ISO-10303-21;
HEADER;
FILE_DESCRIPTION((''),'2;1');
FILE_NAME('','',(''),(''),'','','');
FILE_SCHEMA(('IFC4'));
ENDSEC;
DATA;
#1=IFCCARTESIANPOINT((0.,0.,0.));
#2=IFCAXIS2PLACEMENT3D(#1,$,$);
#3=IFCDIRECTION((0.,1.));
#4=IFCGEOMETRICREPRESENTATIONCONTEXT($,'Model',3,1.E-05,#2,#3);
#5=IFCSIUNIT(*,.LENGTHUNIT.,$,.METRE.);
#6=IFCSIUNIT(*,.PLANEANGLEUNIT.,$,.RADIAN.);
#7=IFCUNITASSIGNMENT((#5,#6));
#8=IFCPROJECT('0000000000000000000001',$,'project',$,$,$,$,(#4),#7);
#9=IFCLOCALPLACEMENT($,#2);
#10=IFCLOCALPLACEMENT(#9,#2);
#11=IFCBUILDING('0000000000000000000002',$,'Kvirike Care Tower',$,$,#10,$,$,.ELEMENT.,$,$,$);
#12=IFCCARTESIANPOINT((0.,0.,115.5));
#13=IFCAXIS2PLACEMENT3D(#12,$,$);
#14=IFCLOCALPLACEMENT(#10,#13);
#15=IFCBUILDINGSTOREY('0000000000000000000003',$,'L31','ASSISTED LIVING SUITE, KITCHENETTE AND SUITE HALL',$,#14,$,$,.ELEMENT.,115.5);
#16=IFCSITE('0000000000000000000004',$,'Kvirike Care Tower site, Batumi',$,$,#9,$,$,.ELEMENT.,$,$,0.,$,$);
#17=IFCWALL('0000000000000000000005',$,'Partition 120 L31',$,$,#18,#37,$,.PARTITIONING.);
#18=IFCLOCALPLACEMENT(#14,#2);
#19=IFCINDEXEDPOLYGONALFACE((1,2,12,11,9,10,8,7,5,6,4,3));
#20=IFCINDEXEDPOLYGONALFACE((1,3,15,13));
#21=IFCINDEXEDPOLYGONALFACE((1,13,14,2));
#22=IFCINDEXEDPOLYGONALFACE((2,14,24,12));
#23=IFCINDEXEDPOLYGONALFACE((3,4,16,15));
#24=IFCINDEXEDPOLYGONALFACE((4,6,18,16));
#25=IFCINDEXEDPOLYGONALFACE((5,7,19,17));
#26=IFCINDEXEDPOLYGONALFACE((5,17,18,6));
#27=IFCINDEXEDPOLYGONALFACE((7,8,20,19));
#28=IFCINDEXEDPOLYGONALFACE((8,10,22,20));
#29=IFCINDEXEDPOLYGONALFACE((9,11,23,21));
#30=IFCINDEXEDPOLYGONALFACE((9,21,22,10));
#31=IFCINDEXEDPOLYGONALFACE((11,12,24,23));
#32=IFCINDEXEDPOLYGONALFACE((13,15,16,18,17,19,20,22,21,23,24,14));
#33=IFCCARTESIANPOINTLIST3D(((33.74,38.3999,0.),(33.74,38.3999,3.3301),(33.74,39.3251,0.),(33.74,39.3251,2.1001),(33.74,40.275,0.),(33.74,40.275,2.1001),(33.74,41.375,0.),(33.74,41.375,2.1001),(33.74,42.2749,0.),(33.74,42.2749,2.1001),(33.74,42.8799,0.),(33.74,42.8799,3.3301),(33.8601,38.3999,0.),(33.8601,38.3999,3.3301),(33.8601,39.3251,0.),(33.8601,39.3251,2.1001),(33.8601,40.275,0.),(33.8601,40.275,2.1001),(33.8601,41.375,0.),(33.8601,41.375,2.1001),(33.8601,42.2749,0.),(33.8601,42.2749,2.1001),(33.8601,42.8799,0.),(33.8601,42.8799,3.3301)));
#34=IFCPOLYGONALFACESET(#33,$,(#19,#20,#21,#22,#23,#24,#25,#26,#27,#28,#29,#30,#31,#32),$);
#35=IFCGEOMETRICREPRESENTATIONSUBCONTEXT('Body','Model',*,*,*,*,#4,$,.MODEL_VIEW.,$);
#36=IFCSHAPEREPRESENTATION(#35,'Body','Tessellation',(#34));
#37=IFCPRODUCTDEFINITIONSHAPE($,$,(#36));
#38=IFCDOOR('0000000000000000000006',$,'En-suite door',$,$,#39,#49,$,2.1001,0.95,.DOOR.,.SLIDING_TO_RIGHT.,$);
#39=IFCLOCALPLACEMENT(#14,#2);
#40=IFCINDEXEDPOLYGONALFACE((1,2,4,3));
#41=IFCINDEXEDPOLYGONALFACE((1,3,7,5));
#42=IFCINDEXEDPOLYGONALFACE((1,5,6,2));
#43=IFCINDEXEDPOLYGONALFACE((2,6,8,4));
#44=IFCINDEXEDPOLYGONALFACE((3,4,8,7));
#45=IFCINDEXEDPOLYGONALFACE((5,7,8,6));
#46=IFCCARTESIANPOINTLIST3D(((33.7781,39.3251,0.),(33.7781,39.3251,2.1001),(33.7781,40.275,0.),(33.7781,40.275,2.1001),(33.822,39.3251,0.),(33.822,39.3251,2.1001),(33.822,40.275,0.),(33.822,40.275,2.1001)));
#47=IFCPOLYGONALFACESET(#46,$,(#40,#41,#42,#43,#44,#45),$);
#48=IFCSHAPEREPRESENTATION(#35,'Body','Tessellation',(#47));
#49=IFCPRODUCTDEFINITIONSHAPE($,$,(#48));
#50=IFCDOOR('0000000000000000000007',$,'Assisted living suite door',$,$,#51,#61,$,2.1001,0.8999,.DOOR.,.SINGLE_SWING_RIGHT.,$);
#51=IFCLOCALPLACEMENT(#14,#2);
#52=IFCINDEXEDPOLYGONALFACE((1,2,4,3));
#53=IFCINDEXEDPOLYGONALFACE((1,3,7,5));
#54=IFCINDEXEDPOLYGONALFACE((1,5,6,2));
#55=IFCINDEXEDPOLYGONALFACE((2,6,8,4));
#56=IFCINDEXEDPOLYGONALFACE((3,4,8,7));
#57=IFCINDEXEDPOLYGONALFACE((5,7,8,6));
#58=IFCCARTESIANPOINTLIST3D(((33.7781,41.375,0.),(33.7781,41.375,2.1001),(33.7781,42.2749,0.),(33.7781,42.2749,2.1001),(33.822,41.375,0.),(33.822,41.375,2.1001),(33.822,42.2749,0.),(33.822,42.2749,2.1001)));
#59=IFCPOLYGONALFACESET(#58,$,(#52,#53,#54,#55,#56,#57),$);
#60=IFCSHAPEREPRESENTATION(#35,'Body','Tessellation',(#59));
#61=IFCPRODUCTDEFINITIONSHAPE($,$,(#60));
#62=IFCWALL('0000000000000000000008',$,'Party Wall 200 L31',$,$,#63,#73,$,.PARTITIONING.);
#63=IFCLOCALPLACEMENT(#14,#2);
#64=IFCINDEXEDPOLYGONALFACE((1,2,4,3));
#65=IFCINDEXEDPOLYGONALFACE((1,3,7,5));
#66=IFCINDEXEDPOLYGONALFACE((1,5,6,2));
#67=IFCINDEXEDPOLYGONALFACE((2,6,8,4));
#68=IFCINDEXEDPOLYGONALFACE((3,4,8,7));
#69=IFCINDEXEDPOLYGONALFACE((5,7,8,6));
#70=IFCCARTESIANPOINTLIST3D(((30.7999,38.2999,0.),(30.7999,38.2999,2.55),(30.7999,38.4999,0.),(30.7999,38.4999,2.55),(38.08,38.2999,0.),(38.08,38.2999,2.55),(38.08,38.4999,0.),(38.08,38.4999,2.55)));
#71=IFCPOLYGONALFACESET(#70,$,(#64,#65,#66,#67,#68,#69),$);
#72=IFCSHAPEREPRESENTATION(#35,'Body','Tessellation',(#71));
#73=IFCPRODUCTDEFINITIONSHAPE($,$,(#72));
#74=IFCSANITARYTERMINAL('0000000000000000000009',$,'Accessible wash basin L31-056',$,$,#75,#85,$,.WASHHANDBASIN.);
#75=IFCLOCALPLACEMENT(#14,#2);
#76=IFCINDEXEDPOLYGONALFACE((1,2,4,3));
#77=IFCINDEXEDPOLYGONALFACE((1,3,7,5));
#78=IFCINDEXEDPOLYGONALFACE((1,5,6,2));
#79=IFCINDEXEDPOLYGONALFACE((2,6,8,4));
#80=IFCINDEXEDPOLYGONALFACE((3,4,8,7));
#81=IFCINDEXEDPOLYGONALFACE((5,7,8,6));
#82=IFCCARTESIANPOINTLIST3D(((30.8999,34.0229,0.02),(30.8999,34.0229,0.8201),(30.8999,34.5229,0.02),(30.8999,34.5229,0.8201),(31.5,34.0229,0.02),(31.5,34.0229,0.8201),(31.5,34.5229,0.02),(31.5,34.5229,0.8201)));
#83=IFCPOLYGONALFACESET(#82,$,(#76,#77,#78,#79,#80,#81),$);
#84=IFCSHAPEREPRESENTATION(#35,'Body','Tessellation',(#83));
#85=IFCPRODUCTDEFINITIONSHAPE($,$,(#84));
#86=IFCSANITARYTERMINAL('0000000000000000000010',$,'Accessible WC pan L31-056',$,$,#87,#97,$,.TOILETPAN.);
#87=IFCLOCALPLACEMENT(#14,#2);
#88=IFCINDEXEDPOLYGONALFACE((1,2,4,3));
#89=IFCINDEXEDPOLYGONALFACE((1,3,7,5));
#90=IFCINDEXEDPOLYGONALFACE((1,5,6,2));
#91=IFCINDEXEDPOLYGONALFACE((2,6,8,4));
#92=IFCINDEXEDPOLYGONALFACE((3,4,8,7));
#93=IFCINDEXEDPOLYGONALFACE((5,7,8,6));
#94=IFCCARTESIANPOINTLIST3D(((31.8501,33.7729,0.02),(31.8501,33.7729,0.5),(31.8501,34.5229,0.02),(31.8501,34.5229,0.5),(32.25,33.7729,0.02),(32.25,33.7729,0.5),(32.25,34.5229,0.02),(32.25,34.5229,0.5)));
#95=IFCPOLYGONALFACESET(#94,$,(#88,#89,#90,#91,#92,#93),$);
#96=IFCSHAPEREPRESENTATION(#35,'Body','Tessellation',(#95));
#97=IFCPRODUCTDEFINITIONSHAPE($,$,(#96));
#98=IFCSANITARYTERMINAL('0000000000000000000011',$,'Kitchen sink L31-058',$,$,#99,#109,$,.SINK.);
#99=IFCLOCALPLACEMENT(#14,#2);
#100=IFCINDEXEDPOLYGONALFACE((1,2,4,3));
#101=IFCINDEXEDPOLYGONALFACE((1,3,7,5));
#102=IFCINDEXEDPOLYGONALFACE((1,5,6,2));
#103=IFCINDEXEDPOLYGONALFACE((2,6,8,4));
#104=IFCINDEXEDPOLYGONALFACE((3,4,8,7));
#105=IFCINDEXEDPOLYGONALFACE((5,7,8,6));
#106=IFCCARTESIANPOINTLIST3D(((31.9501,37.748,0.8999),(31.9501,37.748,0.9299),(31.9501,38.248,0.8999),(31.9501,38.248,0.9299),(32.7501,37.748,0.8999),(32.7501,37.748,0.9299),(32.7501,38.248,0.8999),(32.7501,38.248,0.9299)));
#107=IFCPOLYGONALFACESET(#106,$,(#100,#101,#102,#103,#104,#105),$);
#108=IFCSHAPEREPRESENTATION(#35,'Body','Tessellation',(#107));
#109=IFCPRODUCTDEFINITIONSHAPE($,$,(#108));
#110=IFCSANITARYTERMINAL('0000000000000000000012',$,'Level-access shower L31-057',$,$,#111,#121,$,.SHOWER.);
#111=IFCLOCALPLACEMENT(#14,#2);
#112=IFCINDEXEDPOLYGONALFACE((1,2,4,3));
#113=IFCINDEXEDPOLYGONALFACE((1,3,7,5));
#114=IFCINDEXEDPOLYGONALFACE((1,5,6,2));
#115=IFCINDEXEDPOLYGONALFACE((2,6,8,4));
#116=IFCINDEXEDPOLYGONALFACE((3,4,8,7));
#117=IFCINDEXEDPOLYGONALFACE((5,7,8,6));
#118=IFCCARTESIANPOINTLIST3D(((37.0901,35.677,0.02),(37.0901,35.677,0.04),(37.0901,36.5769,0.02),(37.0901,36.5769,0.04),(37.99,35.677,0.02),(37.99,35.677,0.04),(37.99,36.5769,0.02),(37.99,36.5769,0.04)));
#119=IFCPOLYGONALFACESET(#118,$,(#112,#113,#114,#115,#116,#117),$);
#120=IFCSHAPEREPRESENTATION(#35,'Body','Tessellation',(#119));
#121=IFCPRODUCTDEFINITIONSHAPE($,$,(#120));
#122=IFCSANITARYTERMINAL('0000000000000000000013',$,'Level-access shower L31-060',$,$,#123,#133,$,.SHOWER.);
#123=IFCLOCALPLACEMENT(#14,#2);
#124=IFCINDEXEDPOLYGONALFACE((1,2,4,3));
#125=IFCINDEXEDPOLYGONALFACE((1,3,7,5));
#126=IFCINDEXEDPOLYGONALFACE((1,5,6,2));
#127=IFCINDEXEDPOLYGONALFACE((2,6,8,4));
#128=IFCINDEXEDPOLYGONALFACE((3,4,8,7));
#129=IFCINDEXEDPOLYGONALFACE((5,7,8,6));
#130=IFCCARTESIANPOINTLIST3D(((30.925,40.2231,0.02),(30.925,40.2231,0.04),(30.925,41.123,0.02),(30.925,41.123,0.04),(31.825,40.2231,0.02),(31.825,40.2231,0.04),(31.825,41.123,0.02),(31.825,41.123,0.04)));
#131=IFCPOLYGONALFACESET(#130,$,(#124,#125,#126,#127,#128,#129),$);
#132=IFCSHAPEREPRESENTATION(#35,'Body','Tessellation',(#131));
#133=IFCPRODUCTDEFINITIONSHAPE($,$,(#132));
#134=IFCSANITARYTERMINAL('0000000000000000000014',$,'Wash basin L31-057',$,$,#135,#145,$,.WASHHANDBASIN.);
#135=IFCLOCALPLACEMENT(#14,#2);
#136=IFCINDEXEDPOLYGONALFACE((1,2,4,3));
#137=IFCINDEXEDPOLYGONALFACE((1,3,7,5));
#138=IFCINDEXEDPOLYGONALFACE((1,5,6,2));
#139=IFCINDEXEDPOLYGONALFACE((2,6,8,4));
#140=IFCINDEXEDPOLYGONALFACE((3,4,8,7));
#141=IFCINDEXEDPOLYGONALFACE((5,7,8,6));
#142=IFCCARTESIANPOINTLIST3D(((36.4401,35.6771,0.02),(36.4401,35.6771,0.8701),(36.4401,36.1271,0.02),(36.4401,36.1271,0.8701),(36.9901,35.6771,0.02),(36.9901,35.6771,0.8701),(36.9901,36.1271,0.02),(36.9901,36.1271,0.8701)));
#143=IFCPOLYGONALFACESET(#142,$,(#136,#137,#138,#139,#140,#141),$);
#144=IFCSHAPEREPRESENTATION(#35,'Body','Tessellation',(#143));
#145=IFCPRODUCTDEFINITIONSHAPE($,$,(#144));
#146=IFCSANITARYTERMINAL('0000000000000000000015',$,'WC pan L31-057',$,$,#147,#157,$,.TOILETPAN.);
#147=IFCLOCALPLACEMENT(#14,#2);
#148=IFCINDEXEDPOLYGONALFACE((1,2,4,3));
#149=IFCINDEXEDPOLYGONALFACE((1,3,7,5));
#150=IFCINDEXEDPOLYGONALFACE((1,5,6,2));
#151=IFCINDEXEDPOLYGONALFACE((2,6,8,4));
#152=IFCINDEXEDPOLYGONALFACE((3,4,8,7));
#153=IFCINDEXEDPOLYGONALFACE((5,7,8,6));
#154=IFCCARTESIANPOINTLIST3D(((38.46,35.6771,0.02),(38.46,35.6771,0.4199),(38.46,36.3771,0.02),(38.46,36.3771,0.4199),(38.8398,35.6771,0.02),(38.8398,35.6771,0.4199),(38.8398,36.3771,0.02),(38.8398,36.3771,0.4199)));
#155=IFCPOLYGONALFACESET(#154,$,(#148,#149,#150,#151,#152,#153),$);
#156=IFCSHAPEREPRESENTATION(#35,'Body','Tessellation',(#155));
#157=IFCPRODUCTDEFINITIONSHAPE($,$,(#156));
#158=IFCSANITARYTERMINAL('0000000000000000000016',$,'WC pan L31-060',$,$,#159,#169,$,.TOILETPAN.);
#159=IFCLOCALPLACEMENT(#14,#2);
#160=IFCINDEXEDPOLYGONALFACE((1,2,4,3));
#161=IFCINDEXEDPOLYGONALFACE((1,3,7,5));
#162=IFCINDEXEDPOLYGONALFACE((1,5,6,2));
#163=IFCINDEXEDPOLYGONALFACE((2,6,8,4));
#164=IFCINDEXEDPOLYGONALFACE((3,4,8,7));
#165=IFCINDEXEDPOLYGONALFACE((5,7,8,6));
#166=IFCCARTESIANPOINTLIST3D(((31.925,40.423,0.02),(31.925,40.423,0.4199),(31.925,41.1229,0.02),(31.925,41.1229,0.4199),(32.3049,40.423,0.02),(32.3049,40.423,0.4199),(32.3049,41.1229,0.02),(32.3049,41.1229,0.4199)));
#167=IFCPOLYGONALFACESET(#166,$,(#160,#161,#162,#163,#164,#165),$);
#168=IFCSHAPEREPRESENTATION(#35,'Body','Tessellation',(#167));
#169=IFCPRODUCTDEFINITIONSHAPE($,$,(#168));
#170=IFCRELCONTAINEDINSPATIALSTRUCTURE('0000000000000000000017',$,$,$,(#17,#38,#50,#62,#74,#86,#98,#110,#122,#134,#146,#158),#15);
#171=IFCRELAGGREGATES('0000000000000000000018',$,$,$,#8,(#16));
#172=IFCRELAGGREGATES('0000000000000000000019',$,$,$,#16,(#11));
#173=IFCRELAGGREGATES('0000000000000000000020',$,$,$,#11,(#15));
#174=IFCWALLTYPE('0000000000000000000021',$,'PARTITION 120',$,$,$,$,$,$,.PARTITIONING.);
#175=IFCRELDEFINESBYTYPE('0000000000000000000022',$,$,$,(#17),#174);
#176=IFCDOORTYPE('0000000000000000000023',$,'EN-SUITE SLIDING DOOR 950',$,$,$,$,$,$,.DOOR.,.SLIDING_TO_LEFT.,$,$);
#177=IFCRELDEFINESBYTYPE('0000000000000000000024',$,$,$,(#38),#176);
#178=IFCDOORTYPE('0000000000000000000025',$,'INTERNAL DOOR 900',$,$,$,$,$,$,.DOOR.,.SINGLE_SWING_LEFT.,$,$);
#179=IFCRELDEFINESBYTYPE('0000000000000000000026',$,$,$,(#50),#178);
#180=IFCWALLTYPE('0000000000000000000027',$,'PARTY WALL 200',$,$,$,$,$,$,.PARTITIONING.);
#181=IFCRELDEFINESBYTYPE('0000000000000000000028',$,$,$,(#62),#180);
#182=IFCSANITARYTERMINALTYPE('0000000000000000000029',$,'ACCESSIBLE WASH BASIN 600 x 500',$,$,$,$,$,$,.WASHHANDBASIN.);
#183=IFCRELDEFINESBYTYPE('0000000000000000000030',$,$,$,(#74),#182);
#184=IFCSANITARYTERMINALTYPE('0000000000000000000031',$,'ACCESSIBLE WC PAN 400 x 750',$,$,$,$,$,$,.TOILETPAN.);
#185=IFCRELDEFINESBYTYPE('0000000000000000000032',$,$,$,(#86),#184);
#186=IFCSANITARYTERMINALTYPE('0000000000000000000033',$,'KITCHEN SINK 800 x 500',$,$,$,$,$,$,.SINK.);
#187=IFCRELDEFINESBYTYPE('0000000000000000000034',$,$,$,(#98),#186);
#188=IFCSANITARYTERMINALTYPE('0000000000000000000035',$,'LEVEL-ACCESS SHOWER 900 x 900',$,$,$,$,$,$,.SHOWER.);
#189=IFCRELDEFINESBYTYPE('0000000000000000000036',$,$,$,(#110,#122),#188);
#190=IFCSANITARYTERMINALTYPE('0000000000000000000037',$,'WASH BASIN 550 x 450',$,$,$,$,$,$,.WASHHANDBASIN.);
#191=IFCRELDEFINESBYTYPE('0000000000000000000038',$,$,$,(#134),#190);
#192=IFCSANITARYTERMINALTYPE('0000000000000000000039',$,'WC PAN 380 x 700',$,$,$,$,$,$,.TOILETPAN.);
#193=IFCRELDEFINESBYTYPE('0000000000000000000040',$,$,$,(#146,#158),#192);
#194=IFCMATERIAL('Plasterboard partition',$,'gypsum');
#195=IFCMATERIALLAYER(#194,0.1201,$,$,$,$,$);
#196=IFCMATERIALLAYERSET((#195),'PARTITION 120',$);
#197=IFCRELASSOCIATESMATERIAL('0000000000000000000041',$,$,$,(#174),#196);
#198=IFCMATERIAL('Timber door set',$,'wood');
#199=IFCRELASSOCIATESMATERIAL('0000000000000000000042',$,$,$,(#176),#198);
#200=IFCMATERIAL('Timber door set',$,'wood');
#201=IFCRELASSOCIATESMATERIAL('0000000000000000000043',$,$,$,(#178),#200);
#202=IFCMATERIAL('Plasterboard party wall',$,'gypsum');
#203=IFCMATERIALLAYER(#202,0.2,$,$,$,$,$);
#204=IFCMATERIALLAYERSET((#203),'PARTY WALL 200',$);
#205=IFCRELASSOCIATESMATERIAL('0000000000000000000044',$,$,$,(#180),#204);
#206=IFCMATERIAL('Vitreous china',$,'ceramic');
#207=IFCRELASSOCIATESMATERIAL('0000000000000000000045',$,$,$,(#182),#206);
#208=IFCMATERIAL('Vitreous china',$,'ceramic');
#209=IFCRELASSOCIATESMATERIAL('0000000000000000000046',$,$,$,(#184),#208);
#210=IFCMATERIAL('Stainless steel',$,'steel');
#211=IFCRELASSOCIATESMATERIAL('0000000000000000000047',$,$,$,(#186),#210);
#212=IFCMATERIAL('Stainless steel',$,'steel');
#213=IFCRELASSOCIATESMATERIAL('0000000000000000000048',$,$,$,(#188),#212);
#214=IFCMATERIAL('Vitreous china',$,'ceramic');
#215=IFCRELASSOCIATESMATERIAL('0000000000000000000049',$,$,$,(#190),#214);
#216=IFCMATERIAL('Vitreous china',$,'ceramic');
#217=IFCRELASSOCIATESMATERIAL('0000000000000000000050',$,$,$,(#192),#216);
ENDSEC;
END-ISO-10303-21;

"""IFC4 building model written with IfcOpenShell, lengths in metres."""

from ifc_helpers import new_model, si_unit, direction, frame, frame_2d, origin, origin_2d, place, context, subcontext, project, spatial, rectangle, extrude, material, layer, layer_set, type_object, element, fill, save


model = new_model("IFC4")

# Units and contexts
model_context = context("Model", 3, precision=1e-05, world=origin(), true_north=direction((0.0, 1.0)))
body_context = subcontext(model_context, "Body", "Model", "MODEL_VIEW")
ifc_project = project(units=[si_unit("LENGTHUNIT", "METRE"), si_unit("PLANEANGLEUNIT", "RADIAN")], contexts=[model_context])

# Site, building, storey
site_placement = place(None, origin())
site = spatial("IfcSite", under=ifc_project, at=site_placement, Name="Kvirike Care Tower site, Batumi", CompositionType="ELEMENT", RefElevation=0.0)
building_placement = place(site_placement, origin())
building = spatial("IfcBuilding", under=site, at=building_placement, Name="Kvirike Care Tower", CompositionType="ELEMENT")
storey_placement = place(building_placement, frame((0.0, 0.0, 115.5)))
storey = spatial("IfcBuildingStorey", under=building, at=storey_placement, Name="L31", Description="ASSISTED LIVING SUITE, KITCHENETTE AND SUITE HALL", CompositionType="ELEMENT", Elevation=115.5)

# Wall, openings, doors
ifc_material_1 = material(Name="Plasterboard partition", Category="gypsum")
ifc_layer_1 = layer(ifc_material_1, 0.1201)
ifc_layer_set_1 = layer_set([ifc_layer_1], Name="PARTITION 120")
wall_type_1 = type_object("IfcWallType", Name="PARTITION 120", PredefinedType="PARTITIONING", material=ifc_layer_set_1)
wall_1_placement = place(storey_placement, frame((33.8, 38.3999, 0.0), z_axis=(0.0, 0.0, 1.0), x_axis=(0.0, 1.0, 0.0)))
wall_1 = element("IfcWall", 1, at=wall_1_placement, inside=storey, type_object=wall_type_1, Name="Partition 120 L31", PredefinedType="PARTITIONING", context=body_context, shape_type="SweptSolid", body=[
    extrude(rectangle(XDim=4.48, YDim=0.1201, at=frame_2d((2.24, 0.0))), origin(), (0.0, 0.0, 1.0), 3.3301),
])
opening_1_placement = place(wall_1_placement, frame((2.9751, 0.0, 0.0)))
opening_1 = element("IfcOpeningElement", 2, at=opening_1_placement, cuts=wall_1, PredefinedType="OPENING", context=body_context, shape_type="SweptSolid", body=[
    extrude(rectangle(XDim=0.8999, YDim=2.1001, at=frame_2d((0.45, 1.05))), frame((0.0, 0.0706, 0.0), z_axis=(0.0, -1.0, 0.0), x_axis=(1.0, 0.0, 0.0)), (0.0, 0.0, 1.0), 0.1411),
])
opening_2_placement = place(wall_1_placement, frame((0.925, 0.0, 0.0)))
opening_2 = element("IfcOpeningElement", 3, at=opening_2_placement, cuts=wall_1, PredefinedType="OPENING", context=body_context, shape_type="SweptSolid", body=[
    extrude(rectangle(XDim=0.95, YDim=2.1001, at=frame_2d((0.4751, 1.05))), frame((0.0, 0.0706, 0.0), z_axis=(0.0, -1.0, 0.0), x_axis=(1.0, 0.0, 0.0)), (0.0, 0.0, 1.0), 0.1411),
])
ifc_material_2 = material(Name="Timber door set", Category="wood")
door_type_1 = type_object("IfcDoorType", Name="EN-SUITE SLIDING DOOR 950", OperationType="SLIDING_TO_LEFT", PredefinedType="DOOR", material=ifc_material_2)
door_1_placement = place(opening_2_placement, origin())
door_1 = element("IfcDoor", 4, at=door_1_placement, inside=storey, type_object=door_type_1, Name="En-suite door", OperationType="SLIDING_TO_RIGHT", OverallHeight=2.1001, OverallWidth=0.95, PredefinedType="DOOR", context=body_context, shape_type="SweptSolid", body=[
    extrude(rectangle(XDim=0.95, YDim=2.1001, at=frame_2d((0.4751, 1.05))), frame((0.0, 0.022, 0.0), z_axis=(0.0, -1.0, 0.0), x_axis=(1.0, 0.0, 0.0)), (0.0, 0.0, 1.0), 0.0439),
])
fill(opening_2, door_1)
ifc_material_3 = material(Name="Timber door set", Category="wood")
door_type_2 = type_object("IfcDoorType", Name="INTERNAL DOOR 900", OperationType="SINGLE_SWING_LEFT", PredefinedType="DOOR", material=ifc_material_3)
door_2_placement = place(opening_1_placement, origin())
door_2 = element("IfcDoor", 5, at=door_2_placement, inside=storey, type_object=door_type_2, Name="Assisted living suite door", OperationType="SINGLE_SWING_RIGHT", OverallHeight=2.1001, OverallWidth=0.8999, PredefinedType="DOOR", context=body_context, shape_type="SweptSolid", body=[
    extrude(rectangle(XDim=0.8999, YDim=2.1001, at=frame_2d((0.45, 1.05))), frame((0.0, 0.022, 0.0), z_axis=(0.0, -1.0, 0.0), x_axis=(1.0, 0.0, 0.0)), (0.0, 0.0, 1.0), 0.0439),
])
fill(opening_1, door_2)

# Wall
ifc_material_4 = material(Name="Plasterboard party wall", Category="gypsum")
ifc_layer_2 = layer(ifc_material_4, 0.2)
ifc_layer_set_2 = layer_set([ifc_layer_2], Name="PARTY WALL 200")
wall_type_2 = type_object("IfcWallType", Name="PARTY WALL 200", PredefinedType="PARTITIONING", material=ifc_layer_set_2)
wall_2_placement = place(storey_placement, frame((38.0801, 38.3999, 0.0), z_axis=(0.0, 0.0, 1.0), x_axis=(-1.0, 0.0, 0.0)))
element("IfcWall", 6, at=wall_2_placement, inside=storey, type_object=wall_type_2, Name="Party Wall 200 L31", PredefinedType="PARTITIONING", context=body_context, shape_type="SweptSolid", body=[
    extrude(rectangle(XDim=7.28, YDim=0.2, at=frame_2d((3.6401, 0.0))), origin(), (0.0, 0.0, 1.0), 2.55),
])

# Sanitary terminals
ifc_material_5 = material(Name="Vitreous china", Category="ceramic")
sanitary_terminal_type_1 = type_object("IfcSanitaryTerminalType", Name="ACCESSIBLE WASH BASIN 600 x 500", PredefinedType="WASHHANDBASIN", material=ifc_material_5)
sanitary_terminal_1_placement = place(storey_placement, frame((31.2, 34.2729, 0.02), z_axis=(0.0, 0.0, 1.0), x_axis=(1.0, 0.0, 0.0)))
element("IfcSanitaryTerminal", 7, at=sanitary_terminal_1_placement, inside=storey, type_object=sanitary_terminal_type_1, Name="Accessible wash basin L31-056", PredefinedType="WASHHANDBASIN", context=body_context, shape_type="SweptSolid", body=[
    extrude(rectangle(XDim=0.6001, YDim=0.5, at=origin_2d()), origin(), (0.0, 0.0, 1.0), 0.8),
])
ifc_material_6 = material(Name="Vitreous china", Category="ceramic")
sanitary_terminal_type_2 = type_object("IfcSanitaryTerminalType", Name="ACCESSIBLE WC PAN 400 x 750", PredefinedType="TOILETPAN", material=ifc_material_6)
sanitary_terminal_2_placement = place(storey_placement, frame((32.05, 34.1479, 0.02), z_axis=(0.0, 0.0, 1.0), x_axis=(1.0, 0.0, 0.0)))
element("IfcSanitaryTerminal", 8, at=sanitary_terminal_2_placement, inside=storey, type_object=sanitary_terminal_type_2, Name="Accessible WC pan L31-056", PredefinedType="TOILETPAN", context=body_context, shape_type="SweptSolid", body=[
    extrude(rectangle(XDim=0.3999, YDim=0.75, at=origin_2d()), origin(), (0.0, 0.0, 1.0), 0.48),
])
ifc_material_7 = material(Name="Stainless steel", Category="steel")
sanitary_terminal_type_3 = type_object("IfcSanitaryTerminalType", Name="KITCHEN SINK 800 x 500", PredefinedType="SINK", material=ifc_material_7)
sanitary_terminal_3_placement = place(storey_placement, frame((32.3501, 37.998, 0.8999), z_axis=(0.0, 0.0, 1.0), x_axis=(1.0, 0.0, 0.0)))
element("IfcSanitaryTerminal", 9, at=sanitary_terminal_3_placement, inside=storey, type_object=sanitary_terminal_type_3, Name="Kitchen sink L31-058", PredefinedType="SINK", context=body_context, shape_type="SweptSolid", body=[
    extrude(rectangle(XDim=0.8, YDim=0.5, at=origin_2d()), origin(), (0.0, 0.0, 1.0), 0.03),
])
ifc_material_8 = material(Name="Stainless steel", Category="steel")
sanitary_terminal_type_4 = type_object("IfcSanitaryTerminalType", Name="LEVEL-ACCESS SHOWER 900 x 900", PredefinedType="SHOWER", material=ifc_material_8)
for number, where, z_axis, x_axis, name in (
    (10, (37.54, 36.127, 0.02), (0.0, 0.0, 1.0), (-1.0, 0.0, 0.0), "Level-access shower L31-057"),
    (11, (31.375, 40.6731, 0.02), (0.0, 0.0, 1.0), (1.0, 0.0, 0.0), "Level-access shower L31-060"),
):
    element("IfcSanitaryTerminal", number, at=place(storey_placement, frame(where, z_axis=z_axis, x_axis=x_axis)), inside=storey, type_object=sanitary_terminal_type_4, Name=name, PredefinedType="SHOWER", context=body_context, shape_type="SweptSolid", body=[
        extrude(rectangle(XDim=0.8999, YDim=0.8999, at=origin_2d()), origin(), (0.0, 0.0, 1.0), 0.02),
    ])
ifc_material_9 = material(Name="Vitreous china", Category="ceramic")
sanitary_terminal_type_5 = type_object("IfcSanitaryTerminalType", Name="WASH BASIN 550 x 450", PredefinedType="WASHHANDBASIN", material=ifc_material_9)
sanitary_terminal_4_placement = place(storey_placement, frame((36.7151, 35.9021, 0.02), z_axis=(0.0, 0.0, 1.0), x_axis=(-1.0, 0.0, 0.0)))
element("IfcSanitaryTerminal", 12, at=sanitary_terminal_4_placement, inside=storey, type_object=sanitary_terminal_type_5, Name="Wash basin L31-057", PredefinedType="WASHHANDBASIN", context=body_context, shape_type="SweptSolid", body=[
    extrude(rectangle(XDim=0.55, YDim=0.45, at=origin_2d()), origin(), (0.0, 0.0, 1.0), 0.8501),
])
ifc_material_10 = material(Name="Vitreous china", Category="ceramic")
sanitary_terminal_type_6 = type_object("IfcSanitaryTerminalType", Name="WC PAN 380 x 700", PredefinedType="TOILETPAN", material=ifc_material_10)
for number, where, z_axis, x_axis, name in (
    (13, (38.6499, 36.0271, 0.02), (0.0, 0.0, 1.0), (-1.0, 0.0, 0.0), "WC pan L31-057"),
    (14, (32.115, 40.7729, 0.02), (0.0, 0.0, 1.0), (1.0, 0.0, 0.0), "WC pan L31-060"),
):
    element("IfcSanitaryTerminal", number, at=place(storey_placement, frame(where, z_axis=z_axis, x_axis=x_axis)), inside=storey, type_object=sanitary_terminal_type_6, Name=name, PredefinedType="TOILETPAN", context=body_context, shape_type="SweptSolid", body=[
        extrude(rectangle(XDim=0.3799, YDim=0.7, at=origin_2d()), origin(), (0.0, 0.0, 1.0), 0.3999),
    ])

save(model, "model.ifc")
